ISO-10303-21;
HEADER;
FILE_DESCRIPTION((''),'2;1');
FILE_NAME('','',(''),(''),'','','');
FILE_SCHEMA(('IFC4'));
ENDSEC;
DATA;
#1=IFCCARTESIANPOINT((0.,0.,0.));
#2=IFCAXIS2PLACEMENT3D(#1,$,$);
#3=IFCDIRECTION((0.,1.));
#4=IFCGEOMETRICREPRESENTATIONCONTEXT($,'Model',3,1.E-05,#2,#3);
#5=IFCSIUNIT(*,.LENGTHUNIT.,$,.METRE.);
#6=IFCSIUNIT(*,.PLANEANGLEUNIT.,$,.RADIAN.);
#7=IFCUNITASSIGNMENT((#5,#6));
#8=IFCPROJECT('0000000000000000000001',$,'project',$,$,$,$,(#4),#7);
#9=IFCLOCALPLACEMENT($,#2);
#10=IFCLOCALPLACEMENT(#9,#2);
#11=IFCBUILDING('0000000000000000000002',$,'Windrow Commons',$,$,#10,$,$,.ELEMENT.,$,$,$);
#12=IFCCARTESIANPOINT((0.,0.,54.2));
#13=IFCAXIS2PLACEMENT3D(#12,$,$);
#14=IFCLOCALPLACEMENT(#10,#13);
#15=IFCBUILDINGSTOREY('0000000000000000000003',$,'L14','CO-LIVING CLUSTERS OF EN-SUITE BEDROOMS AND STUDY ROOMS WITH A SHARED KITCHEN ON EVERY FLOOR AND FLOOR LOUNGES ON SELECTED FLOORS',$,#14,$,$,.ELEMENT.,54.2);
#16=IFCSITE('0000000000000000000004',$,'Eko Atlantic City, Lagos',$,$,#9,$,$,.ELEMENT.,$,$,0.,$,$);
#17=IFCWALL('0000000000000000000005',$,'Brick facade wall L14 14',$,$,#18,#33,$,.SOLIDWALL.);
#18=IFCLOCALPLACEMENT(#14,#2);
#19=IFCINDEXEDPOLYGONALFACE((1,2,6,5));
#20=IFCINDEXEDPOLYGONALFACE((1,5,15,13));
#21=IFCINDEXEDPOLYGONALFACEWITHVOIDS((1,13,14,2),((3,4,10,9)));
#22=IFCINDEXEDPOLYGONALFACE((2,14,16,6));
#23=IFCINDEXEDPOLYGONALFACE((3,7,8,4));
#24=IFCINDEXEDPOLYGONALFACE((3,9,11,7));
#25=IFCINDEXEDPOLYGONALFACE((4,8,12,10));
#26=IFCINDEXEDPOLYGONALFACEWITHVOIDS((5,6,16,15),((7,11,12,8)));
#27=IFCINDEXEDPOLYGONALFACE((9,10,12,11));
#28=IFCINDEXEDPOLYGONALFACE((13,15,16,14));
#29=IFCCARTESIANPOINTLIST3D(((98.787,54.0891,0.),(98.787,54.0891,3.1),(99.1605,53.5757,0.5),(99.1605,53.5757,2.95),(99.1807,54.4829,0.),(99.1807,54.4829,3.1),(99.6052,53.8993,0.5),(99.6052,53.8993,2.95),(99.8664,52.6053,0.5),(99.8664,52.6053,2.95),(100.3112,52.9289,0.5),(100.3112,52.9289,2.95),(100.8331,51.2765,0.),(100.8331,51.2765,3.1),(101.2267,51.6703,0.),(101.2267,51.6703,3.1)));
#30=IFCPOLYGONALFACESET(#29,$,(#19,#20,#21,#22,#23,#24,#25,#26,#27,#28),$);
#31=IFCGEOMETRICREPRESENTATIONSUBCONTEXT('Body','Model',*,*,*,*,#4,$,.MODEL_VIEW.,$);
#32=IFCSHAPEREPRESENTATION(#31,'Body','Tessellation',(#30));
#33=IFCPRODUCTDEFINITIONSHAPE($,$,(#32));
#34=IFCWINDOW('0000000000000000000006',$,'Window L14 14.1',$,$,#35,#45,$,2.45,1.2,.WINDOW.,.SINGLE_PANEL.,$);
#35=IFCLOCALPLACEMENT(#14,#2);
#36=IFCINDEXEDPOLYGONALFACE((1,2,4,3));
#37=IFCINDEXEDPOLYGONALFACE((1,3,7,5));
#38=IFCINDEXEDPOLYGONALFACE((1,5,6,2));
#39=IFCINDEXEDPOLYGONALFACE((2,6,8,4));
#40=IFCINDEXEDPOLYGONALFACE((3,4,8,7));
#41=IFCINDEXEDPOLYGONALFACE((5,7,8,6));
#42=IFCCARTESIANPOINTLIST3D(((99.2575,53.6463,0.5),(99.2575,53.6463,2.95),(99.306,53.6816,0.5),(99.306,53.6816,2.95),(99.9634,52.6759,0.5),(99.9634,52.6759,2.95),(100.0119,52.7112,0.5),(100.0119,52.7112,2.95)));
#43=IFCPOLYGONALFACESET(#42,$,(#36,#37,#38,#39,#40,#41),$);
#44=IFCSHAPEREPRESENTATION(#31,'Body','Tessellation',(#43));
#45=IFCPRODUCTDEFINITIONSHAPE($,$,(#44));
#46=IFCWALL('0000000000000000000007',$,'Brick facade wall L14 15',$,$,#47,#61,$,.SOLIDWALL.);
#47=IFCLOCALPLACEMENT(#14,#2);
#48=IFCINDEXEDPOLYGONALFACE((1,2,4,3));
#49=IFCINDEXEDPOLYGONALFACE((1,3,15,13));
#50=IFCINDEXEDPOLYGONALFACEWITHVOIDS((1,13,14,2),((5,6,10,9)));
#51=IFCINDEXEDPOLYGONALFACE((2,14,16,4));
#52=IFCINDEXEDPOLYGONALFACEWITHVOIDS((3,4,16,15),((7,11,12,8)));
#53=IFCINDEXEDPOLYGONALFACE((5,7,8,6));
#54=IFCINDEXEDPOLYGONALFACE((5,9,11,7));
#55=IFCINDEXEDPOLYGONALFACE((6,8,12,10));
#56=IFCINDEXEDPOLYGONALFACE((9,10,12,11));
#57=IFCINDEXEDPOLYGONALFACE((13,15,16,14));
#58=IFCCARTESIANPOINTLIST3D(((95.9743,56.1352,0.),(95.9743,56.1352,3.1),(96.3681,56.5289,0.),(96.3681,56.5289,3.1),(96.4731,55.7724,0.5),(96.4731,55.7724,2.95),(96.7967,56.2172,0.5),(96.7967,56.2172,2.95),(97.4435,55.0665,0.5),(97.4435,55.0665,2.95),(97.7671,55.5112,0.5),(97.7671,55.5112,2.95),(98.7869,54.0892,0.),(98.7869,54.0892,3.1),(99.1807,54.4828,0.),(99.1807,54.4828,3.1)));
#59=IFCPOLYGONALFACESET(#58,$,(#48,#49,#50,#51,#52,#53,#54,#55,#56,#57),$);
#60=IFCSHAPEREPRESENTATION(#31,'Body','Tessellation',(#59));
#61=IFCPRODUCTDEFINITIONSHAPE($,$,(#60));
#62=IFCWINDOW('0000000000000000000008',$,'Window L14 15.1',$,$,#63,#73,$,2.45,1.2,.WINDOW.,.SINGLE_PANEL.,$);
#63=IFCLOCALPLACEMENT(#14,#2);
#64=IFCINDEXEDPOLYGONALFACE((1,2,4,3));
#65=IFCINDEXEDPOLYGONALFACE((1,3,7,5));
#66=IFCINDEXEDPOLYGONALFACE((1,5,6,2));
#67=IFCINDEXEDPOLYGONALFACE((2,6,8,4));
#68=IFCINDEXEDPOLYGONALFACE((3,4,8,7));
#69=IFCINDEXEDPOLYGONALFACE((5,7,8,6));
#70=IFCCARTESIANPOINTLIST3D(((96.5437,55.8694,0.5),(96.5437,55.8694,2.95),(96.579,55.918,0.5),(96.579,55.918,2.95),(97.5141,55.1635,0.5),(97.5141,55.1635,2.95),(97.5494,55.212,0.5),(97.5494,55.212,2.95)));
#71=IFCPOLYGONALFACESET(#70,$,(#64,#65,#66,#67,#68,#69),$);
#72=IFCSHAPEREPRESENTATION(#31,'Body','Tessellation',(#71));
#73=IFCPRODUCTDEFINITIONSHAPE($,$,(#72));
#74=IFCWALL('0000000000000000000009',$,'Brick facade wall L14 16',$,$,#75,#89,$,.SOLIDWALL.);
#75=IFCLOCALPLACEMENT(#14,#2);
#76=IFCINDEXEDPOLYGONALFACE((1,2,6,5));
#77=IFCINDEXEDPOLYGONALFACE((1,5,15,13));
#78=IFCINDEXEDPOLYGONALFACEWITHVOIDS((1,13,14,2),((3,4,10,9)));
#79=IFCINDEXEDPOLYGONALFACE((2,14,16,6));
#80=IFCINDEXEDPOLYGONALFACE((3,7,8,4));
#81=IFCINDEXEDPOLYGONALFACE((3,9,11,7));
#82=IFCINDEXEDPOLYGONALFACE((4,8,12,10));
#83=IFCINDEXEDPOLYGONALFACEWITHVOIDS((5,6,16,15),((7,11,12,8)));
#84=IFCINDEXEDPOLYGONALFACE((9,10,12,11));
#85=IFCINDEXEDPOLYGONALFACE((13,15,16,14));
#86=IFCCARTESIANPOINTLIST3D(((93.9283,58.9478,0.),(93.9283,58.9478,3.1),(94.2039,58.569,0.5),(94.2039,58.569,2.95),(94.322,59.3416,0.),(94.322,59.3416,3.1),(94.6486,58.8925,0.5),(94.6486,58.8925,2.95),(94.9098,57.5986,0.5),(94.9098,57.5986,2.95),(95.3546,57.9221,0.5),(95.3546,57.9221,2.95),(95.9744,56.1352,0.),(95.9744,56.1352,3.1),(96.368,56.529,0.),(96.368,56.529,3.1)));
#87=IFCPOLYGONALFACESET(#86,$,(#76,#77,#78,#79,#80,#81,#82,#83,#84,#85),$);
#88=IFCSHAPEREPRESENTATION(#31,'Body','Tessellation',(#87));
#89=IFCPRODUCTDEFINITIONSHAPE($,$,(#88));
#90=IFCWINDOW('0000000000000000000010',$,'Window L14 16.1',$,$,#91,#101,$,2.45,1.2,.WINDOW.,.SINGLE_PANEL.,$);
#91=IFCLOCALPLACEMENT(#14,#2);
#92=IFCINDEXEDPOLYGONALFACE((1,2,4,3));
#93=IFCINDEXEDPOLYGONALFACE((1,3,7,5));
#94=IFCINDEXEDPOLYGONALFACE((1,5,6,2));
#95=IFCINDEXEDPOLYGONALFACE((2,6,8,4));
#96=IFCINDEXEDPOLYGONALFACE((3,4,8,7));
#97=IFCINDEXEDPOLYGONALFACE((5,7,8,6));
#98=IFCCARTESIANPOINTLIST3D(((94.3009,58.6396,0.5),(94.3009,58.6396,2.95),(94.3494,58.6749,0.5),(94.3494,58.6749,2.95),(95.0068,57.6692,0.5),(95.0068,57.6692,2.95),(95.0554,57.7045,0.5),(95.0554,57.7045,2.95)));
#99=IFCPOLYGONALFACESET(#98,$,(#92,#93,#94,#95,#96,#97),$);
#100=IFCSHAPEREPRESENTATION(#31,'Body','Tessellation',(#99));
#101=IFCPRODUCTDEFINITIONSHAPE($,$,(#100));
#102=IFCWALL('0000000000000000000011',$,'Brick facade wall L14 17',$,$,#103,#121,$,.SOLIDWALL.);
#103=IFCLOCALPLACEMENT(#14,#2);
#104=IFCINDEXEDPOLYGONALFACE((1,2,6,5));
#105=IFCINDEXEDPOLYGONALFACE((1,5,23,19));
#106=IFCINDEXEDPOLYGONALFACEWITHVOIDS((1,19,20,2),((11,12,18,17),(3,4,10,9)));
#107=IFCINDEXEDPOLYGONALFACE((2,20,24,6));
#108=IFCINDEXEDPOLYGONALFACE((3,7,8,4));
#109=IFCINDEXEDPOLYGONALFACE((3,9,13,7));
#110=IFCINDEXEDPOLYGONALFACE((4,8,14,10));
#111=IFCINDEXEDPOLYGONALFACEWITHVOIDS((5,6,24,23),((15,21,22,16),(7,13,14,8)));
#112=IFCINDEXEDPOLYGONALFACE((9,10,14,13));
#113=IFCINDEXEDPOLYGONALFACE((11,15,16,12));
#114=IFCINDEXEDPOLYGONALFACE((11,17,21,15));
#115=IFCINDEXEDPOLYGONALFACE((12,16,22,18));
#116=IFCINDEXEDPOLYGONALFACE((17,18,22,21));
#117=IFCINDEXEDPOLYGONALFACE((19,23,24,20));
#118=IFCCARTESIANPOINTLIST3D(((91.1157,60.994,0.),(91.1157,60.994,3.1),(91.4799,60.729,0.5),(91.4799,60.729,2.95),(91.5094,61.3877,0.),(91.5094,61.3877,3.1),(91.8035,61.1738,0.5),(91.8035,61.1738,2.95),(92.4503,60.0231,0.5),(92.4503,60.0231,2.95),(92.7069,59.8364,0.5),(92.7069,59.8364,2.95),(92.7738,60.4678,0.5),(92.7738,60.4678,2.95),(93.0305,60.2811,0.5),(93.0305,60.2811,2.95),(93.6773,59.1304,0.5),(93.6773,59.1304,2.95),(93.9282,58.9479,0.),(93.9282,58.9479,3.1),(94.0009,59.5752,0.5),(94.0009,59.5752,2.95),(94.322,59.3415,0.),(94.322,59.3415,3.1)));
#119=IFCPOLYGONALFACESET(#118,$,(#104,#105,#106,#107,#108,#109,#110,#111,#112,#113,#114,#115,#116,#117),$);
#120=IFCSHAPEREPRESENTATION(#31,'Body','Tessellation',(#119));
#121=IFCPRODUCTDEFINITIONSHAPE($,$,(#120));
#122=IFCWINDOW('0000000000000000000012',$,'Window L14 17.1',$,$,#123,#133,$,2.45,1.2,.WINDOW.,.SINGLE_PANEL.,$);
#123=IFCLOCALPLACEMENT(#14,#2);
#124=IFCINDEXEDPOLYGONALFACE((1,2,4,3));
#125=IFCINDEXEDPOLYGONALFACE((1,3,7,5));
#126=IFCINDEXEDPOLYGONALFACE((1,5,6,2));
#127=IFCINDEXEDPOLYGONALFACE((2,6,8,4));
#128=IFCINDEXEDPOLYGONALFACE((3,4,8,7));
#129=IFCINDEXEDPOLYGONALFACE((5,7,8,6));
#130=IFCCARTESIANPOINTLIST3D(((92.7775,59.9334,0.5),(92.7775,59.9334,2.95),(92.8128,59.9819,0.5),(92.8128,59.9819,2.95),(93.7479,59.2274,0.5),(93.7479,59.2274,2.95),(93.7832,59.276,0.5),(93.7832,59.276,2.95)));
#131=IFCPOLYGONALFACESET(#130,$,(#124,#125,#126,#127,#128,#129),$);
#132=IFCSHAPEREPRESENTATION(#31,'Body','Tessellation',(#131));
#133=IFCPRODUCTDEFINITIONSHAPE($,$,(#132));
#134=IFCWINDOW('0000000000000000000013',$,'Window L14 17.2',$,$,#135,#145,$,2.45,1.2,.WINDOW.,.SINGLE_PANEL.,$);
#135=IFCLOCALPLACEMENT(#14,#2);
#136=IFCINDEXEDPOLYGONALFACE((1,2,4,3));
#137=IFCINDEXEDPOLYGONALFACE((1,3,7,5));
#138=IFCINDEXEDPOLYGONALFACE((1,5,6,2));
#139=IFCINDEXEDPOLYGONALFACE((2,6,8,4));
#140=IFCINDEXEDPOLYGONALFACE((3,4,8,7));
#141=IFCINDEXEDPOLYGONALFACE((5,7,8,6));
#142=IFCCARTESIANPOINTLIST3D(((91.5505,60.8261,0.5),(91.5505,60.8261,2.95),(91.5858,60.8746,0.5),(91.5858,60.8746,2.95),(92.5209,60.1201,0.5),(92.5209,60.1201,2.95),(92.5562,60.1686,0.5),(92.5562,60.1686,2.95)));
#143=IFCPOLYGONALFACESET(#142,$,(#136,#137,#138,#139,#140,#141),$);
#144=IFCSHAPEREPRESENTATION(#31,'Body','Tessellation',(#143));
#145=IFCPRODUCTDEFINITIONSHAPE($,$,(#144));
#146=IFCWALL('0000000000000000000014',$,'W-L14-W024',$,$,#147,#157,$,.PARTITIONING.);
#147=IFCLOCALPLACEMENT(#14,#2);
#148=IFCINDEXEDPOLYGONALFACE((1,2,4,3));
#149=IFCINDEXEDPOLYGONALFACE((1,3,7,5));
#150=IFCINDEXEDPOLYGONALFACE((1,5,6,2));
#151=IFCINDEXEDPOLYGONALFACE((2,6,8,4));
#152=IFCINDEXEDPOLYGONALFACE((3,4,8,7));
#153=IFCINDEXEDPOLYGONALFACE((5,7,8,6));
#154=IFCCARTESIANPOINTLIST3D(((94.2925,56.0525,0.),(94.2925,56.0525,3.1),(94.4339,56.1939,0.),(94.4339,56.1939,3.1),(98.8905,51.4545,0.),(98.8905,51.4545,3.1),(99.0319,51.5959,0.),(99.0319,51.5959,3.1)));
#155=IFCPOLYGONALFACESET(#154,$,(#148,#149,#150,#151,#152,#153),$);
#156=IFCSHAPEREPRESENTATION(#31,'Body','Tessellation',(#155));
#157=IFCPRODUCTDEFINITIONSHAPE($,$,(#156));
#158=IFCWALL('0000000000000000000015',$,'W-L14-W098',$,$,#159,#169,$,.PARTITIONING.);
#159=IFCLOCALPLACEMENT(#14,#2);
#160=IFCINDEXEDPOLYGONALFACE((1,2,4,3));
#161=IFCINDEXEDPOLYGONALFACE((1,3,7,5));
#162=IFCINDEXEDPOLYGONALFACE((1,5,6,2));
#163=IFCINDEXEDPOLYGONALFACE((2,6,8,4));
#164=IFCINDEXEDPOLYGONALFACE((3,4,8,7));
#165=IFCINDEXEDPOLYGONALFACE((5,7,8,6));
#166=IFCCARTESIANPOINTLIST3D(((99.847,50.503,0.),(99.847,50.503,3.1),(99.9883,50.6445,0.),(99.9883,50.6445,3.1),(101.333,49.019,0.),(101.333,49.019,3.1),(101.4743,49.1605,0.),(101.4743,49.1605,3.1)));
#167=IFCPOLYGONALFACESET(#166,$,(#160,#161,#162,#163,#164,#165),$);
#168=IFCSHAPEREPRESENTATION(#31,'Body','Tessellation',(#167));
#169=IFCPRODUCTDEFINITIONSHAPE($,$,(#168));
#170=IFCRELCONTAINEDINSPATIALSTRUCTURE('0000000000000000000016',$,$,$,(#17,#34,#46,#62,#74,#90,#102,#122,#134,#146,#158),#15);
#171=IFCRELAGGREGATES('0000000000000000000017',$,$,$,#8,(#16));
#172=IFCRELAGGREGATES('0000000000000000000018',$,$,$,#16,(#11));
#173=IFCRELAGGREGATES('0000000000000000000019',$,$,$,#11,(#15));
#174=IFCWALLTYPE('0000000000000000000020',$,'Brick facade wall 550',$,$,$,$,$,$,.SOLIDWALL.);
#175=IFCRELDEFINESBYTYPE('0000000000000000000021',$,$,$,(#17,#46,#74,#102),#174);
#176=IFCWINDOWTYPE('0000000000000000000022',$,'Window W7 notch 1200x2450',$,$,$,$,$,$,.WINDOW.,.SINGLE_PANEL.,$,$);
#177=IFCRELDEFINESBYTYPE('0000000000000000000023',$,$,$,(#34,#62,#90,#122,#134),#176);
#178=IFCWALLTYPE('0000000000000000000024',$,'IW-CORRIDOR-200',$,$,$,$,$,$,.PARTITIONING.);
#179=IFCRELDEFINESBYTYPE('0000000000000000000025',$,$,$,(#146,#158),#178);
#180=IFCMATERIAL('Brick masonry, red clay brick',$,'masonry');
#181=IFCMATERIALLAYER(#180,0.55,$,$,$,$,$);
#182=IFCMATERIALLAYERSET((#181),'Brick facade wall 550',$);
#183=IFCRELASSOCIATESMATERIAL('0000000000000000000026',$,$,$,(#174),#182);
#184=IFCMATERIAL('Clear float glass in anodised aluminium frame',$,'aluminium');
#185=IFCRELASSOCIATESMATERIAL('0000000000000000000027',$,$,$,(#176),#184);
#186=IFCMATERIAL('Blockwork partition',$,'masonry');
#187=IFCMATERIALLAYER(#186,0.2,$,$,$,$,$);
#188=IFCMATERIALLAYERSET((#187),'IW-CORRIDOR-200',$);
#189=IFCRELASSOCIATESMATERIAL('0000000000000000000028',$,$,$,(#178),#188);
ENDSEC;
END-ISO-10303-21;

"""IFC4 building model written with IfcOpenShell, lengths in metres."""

from ifc_helpers import new_model, si_unit, direction, frame, frame_2d, origin, place, context, subcontext, project, spatial, polyline, rectangle, outline, extrude, material, layer, layer_set, type_object, element, fill, save


model = new_model("IFC4")

# Units and contexts
model_context = context("Model", 3, precision=1e-05, world=origin(), true_north=direction((0.0, 1.0)))
body_context = subcontext(model_context, "Body", "Model", "MODEL_VIEW")
ifc_project = project(units=[si_unit("LENGTHUNIT", "METRE"), si_unit("PLANEANGLEUNIT", "RADIAN")], contexts=[model_context])

# Site, building, storey
site_placement = place(None, origin())
site = spatial("IfcSite", under=ifc_project, at=site_placement, Name="Eko Atlantic City, Lagos", CompositionType="ELEMENT", RefElevation=0.0)
building_placement = place(site_placement, origin())
building = spatial("IfcBuilding", under=site, at=building_placement, Name="Windrow Commons", CompositionType="ELEMENT")
storey_placement = place(building_placement, frame((0.0, 0.0, 54.2)))
storey = spatial("IfcBuildingStorey", under=building, at=storey_placement, Name="L14", Description="CO-LIVING CLUSTERS OF EN-SUITE BEDROOMS AND STUDY ROOMS WITH A SHARED KITCHEN ON EVERY FLOOR AND FLOOR LOUNGES ON SELECTED FLOORS", CompositionType="ELEMENT", Elevation=54.2)

# Walls, openings, windows
ifc_material_1 = material(Name="Brick masonry, red clay brick", Category="masonry")
ifc_layer_1 = layer(ifc_material_1, 0.55)
ifc_layer_set_1 = layer_set([ifc_layer_1], Name="Brick facade wall 550")
wall_type_1 = type_object("IfcWallType", Name="Brick facade wall 550", PredefinedType="SOLIDWALL", material=ifc_layer_set_1)
ifc_material_2 = material(Name="Clear float glass in anodised aluminium frame", Category="aluminium")
window_type = type_object("IfcWindowType", Name="Window W7 notch 1200x2450", PartitioningType="SINGLE_PANEL", PredefinedType="WINDOW", material=ifc_material_2)
wall_1_placement = place(storey_placement, frame((101.0299, 51.4734, 0.0), z_axis=(0.0, 0.0, 1.0), x_axis=(-0.588279, 0.808658, 0.0)))
wall_1 = element("IfcWall", 1, at=wall_1_placement, inside=storey, type_object=wall_type_1, Name="Brick facade wall L14 14", PredefinedType="SOLIDWALL", context=body_context, shape_type="SweptSolid", body=[
    extrude(outline(polyline([(0.0434, -0.275), (3.5215, -0.275), (3.4347, 0.275), (-0.0434, 0.275), (0.0434, -0.275)])), origin(), (0.0, 0.0, 1.0), 3.1),
])
opening_1_placement = place(wall_1_placement, frame((1.5998, 0.0, 0.5)))
opening_1 = element("IfcOpeningElement", 2, at=opening_1_placement, cuts=wall_1, PredefinedType="OPENING", context=body_context, shape_type="SweptSolid", body=[
    extrude(rectangle(XDim=1.2, YDim=2.45, at=frame_2d((0.6, 1.225))), frame((0.0, 0.285, 0.0), z_axis=(0.0, -1.0, 0.0), x_axis=(1.0, 0.0, 0.0)), (0.0, 0.0, 1.0), 0.57),
])
window_1_placement = place(opening_1_placement, origin())
window_1 = element("IfcWindow", 3, at=window_1_placement, inside=storey, type_object=window_type, Name="Window L14 14.1", OverallHeight=2.45, OverallWidth=1.2, PartitioningType="SINGLE_PANEL", PredefinedType="WINDOW", context=body_context, shape_type="SweptSolid", body=[
    extrude(rectangle(XDim=1.2, YDim=2.45, at=frame_2d((0.6, 1.225))), frame((0.0, 0.155, 0.0), z_axis=(0.0, -1.0, 0.0), x_axis=(1.0, 0.0, 0.0)), (0.0, 0.0, 1.0), 0.06),
])
fill(opening_1, window_1)
wall_2_placement = place(storey_placement, frame((98.9838, 54.286, 0.0), z_axis=(0.0, 0.0, 1.0), x_axis=(-0.808658, 0.588279, 0.0)))
wall_2 = element("IfcWall", 4, at=wall_2_placement, inside=storey, type_object=wall_type_1, Name="Brick facade wall L14 15", PredefinedType="SOLIDWALL", context=body_context, shape_type="SweptSolid", body=[
    extrude(outline(polyline([(-0.0434, -0.275), (3.4347, -0.275), (3.5215, 0.275), (0.0434, 0.275), (-0.0434, -0.275)])), origin(), (0.0, 0.0, 1.0), 3.1),
])
opening_2_placement = place(wall_2_placement, frame((1.7047, 0.0, 0.5)))
opening_2 = element("IfcOpeningElement", 5, at=opening_2_placement, cuts=wall_2, PredefinedType="OPENING", context=body_context, shape_type="SweptSolid", body=[
    extrude(rectangle(XDim=1.2, YDim=2.45, at=frame_2d((0.6, 1.225))), frame((0.0, 0.285, 0.0), z_axis=(0.0, -1.0, 0.0), x_axis=(1.0, 0.0, 0.0)), (0.0, 0.0, 1.0), 0.57),
])
window_2_placement = place(opening_2_placement, origin())
window_2 = element("IfcWindow", 6, at=window_2_placement, inside=storey, type_object=window_type, Name="Window L14 15.1", OverallHeight=2.45, OverallWidth=1.2, PartitioningType="SINGLE_PANEL", PredefinedType="WINDOW", context=body_context, shape_type="SweptSolid", body=[
    extrude(rectangle(XDim=1.2, YDim=2.45, at=frame_2d((0.6, 1.225))), frame((0.0, 0.155, 0.0), z_axis=(0.0, -1.0, 0.0), x_axis=(1.0, 0.0, 0.0)), (0.0, 0.0, 1.0), 0.06),
])
fill(opening_2, window_2)
wall_3_placement = place(storey_placement, frame((96.1712, 56.3321, 0.0), z_axis=(0.0, 0.0, 1.0), x_axis=(-0.588279, 0.808658, 0.0)))
wall_3 = element("IfcWall", 7, at=wall_3_placement, inside=storey, type_object=wall_type_1, Name="Brick facade wall L14 16", PredefinedType="SOLIDWALL", context=body_context, shape_type="SweptSolid", body=[
    extrude(outline(polyline([(0.0434, -0.275), (3.5215, -0.275), (3.4347, 0.275), (-0.0434, 0.275), (0.0434, -0.275)])), origin(), (0.0, 0.0, 1.0), 3.1),
])
opening_3_placement = place(wall_3_placement, frame((1.7662, 0.0, 0.5)))
opening_3 = element("IfcOpeningElement", 8, at=opening_3_placement, cuts=wall_3, PredefinedType="OPENING", context=body_context, shape_type="SweptSolid", body=[
    extrude(rectangle(XDim=1.2, YDim=2.45, at=frame_2d((0.6, 1.225))), frame((0.0, 0.285, 0.0), z_axis=(0.0, -1.0, 0.0), x_axis=(1.0, 0.0, 0.0)), (0.0, 0.0, 1.0), 0.57),
])
window_3_placement = place(opening_3_placement, origin())
window_3 = element("IfcWindow", 9, at=window_3_placement, inside=storey, type_object=window_type, Name="Window L14 16.1", OverallHeight=2.45, OverallWidth=1.2, PartitioningType="SINGLE_PANEL", PredefinedType="WINDOW", context=body_context, shape_type="SweptSolid", body=[
    extrude(rectangle(XDim=1.2, YDim=2.45, at=frame_2d((0.6, 1.225))), frame((0.0, 0.155, 0.0), z_axis=(0.0, -1.0, 0.0), x_axis=(1.0, 0.0, 0.0)), (0.0, 0.0, 1.0), 0.06),
])
fill(opening_3, window_3)

# Wall, openings, windows
wall_4_placement = place(storey_placement, frame((94.1251, 59.1447, 0.0), z_axis=(0.0, 0.0, 1.0), x_axis=(-0.808644, 0.588298, 0.0)))
wall_4 = element("IfcWall", 10, at=wall_4_placement, inside=storey, type_object=wall_type_1, Name="Brick facade wall L14 17", PredefinedType="SOLIDWALL", context=body_context, shape_type="SweptSolid", body=[
    extrude(outline(polyline([(-0.0434, -0.275), (3.4347, -0.275), (3.5215, 0.275), (0.0434, 0.275), (-0.0434, -0.275)])), origin(), (0.0, 0.0, 1.0), 3.1),
])
opening_4_placement = place(wall_4_placement, frame((0.3537, 0.0, 0.5)))
opening_4 = element("IfcOpeningElement", 11, at=opening_4_placement, cuts=wall_4, PredefinedType="OPENING", context=body_context, shape_type="SweptSolid", body=[
    extrude(rectangle(XDim=1.2, YDim=2.45, at=frame_2d((0.6, 1.225))), frame((0.0, 0.285, 0.0), z_axis=(0.0, -1.0, 0.0), x_axis=(1.0, 0.0, 0.0)), (0.0, 0.0, 1.0), 0.57),
])
opening_5_placement = place(wall_4_placement, frame((1.8711, 0.0, 0.5)))
opening_5 = element("IfcOpeningElement", 12, at=opening_5_placement, cuts=wall_4, PredefinedType="OPENING", context=body_context, shape_type="SweptSolid", body=[
    extrude(rectangle(XDim=1.2, YDim=2.45, at=frame_2d((0.6, 1.225))), frame((0.0, 0.285, 0.0), z_axis=(0.0, -1.0, 0.0), x_axis=(1.0, 0.0, 0.0)), (0.0, 0.0, 1.0), 0.57),
])
window_4_placement = place(opening_4_placement, origin())
window_4 = element("IfcWindow", 13, at=window_4_placement, inside=storey, type_object=window_type, Name="Window L14 17.1", OverallHeight=2.45, OverallWidth=1.2, PartitioningType="SINGLE_PANEL", PredefinedType="WINDOW", context=body_context, shape_type="SweptSolid", body=[
    extrude(rectangle(XDim=1.2, YDim=2.45, at=frame_2d((0.6, 1.225))), frame((0.0, 0.155, 0.0), z_axis=(0.0, -1.0, 0.0), x_axis=(1.0, 0.0, 0.0)), (0.0, 0.0, 1.0), 0.06),
])
fill(opening_4, window_4)
window_5_placement = place(opening_5_placement, origin())
window_5 = element("IfcWindow", 14, at=window_5_placement, inside=storey, type_object=window_type, Name="Window L14 17.2", OverallHeight=2.45, OverallWidth=1.2, PartitioningType="SINGLE_PANEL", PredefinedType="WINDOW", context=body_context, shape_type="SweptSolid", body=[
    extrude(rectangle(XDim=1.2, YDim=2.45, at=frame_2d((0.6, 1.225))), frame((0.0, 0.155, 0.0), z_axis=(0.0, -1.0, 0.0), x_axis=(1.0, 0.0, 0.0)), (0.0, 0.0, 1.0), 0.06),
])
fill(opening_5, window_5)

# Walls
ifc_material_3 = material(Name="Blockwork partition", Category="masonry")
ifc_layer_2 = layer(ifc_material_3, 0.2)
ifc_layer_set_2 = layer_set([ifc_layer_2], Name="IW-CORRIDOR-200")
wall_type_2 = type_object("IfcWallType", Name="IW-CORRIDOR-200", PredefinedType="PARTITIONING", material=ifc_layer_set_2)
wall_5_placement = place(storey_placement, frame((94.3632, 56.1232, 0.0), z_axis=(0.0, 0.0, 1.0), x_axis=(0.707107, -0.707107, 0.0)))
element("IfcWall", 15, at=wall_5_placement, inside=storey, type_object=wall_type_2, Name="W-L14-W024", PredefinedType="PARTITIONING", context=body_context, shape_type="SweptSolid", body=[
    extrude(rectangle(XDim=6.5026, YDim=0.2, at=frame_2d((3.2513, 0.0))), origin(), (0.0, 0.0, 1.0), 3.1),
])
wall_6_placement = place(storey_placement, frame((99.9177, 50.5737, 0.0), z_axis=(0.0, 0.0, 1.0), x_axis=(0.707583, -0.70663, 0.0)))
element("IfcWall", 16, at=wall_6_placement, inside=storey, type_object=wall_type_2, Name="W-L14-W098", PredefinedType="PARTITIONING", context=body_context, shape_type="SweptSolid", body=[
    extrude(rectangle(XDim=2.1001, YDim=0.2, at=frame_2d((1.05, 0.0))), origin(), (0.0, 0.0, 1.0), 3.1),
])

save(model, "model.ifc")
